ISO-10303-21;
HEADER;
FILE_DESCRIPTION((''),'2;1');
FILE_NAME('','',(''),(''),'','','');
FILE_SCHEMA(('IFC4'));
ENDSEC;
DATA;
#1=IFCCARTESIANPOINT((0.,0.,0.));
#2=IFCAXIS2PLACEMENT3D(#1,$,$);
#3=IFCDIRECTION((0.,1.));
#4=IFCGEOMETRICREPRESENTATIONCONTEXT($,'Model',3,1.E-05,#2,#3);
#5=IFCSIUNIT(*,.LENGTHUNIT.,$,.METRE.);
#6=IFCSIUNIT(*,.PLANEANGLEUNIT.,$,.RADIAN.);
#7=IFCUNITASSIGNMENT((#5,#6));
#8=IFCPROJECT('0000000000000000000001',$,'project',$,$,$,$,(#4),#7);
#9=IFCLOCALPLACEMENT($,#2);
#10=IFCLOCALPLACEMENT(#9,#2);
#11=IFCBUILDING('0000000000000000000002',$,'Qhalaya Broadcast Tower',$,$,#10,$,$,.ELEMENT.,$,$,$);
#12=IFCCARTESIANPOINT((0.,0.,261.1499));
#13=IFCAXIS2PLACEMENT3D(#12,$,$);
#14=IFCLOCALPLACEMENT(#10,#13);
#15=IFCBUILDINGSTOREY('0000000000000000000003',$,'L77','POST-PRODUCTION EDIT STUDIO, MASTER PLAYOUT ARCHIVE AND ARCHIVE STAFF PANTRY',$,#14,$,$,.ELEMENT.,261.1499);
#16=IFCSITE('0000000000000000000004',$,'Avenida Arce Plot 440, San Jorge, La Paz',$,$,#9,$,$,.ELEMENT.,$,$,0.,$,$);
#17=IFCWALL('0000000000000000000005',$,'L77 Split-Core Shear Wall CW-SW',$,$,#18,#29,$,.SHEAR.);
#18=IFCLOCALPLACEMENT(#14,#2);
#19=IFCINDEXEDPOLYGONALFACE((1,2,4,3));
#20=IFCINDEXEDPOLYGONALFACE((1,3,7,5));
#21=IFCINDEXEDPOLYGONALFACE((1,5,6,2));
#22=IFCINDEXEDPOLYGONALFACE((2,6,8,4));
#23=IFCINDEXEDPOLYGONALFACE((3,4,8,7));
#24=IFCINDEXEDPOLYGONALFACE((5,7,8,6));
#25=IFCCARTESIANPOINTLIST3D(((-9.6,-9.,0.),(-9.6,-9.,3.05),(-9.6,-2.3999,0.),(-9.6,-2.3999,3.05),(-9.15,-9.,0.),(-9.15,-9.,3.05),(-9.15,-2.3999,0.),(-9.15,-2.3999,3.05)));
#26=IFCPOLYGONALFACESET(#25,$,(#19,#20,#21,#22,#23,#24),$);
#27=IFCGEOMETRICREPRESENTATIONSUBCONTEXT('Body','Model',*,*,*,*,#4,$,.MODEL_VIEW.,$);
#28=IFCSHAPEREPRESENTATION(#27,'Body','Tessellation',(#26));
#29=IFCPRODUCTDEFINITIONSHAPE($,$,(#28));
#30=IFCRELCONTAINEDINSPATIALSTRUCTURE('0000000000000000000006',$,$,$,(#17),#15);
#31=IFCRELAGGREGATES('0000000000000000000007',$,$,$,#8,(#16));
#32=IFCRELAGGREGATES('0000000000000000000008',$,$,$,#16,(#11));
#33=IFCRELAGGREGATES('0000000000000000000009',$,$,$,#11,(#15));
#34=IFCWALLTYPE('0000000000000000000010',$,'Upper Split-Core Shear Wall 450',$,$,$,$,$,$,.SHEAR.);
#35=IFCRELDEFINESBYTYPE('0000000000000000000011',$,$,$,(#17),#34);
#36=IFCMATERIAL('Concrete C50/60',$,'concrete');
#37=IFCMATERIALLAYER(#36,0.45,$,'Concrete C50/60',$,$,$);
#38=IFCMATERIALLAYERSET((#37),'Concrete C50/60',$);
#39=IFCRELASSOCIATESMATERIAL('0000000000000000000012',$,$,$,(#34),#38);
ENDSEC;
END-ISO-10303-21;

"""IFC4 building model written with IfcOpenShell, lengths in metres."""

from ifc_helpers import new_model, si_unit, direction, frame, frame_2d, origin, place, context, subcontext, project, spatial, rectangle, extrude, material, layer, layer_set, type_object, element, save


model = new_model("IFC4")

# Units and contexts
model_context = context("Model", 3, precision=1e-05, world=origin(), true_north=direction((0.0, 1.0)))
body_context = subcontext(model_context, "Body", "Model", "MODEL_VIEW")
ifc_project = project(units=[si_unit("LENGTHUNIT", "METRE"), si_unit("PLANEANGLEUNIT", "RADIAN")], contexts=[model_context])

# Site, building, storey
site_placement = place(None, origin())
site = spatial("IfcSite", under=ifc_project, at=site_placement, Name="Avenida Arce Plot 440, San Jorge, La Paz", CompositionType="ELEMENT", RefElevation=0.0)
building_placement = place(site_placement, origin())
building = spatial("IfcBuilding", under=site, at=building_placement, Name="Qhalaya Broadcast Tower", CompositionType="ELEMENT")
storey_placement = place(building_placement, frame((0.0, 0.0, 261.1499)))
storey = spatial("IfcBuildingStorey", under=building, at=storey_placement, Name="L77", Description="POST-PRODUCTION EDIT STUDIO, MASTER PLAYOUT ARCHIVE AND ARCHIVE STAFF PANTRY", CompositionType="ELEMENT", Elevation=261.1499)

# Wall
ifc_material_1 = material(Name="Concrete C50/60", Category="concrete")
ifc_layer_1 = layer(ifc_material_1, 0.45, Name="Concrete C50/60")
ifc_layer_set_1 = layer_set([ifc_layer_1], Name="Concrete C50/60")
wall_type_1 = type_object("IfcWallType", Name="Upper Split-Core Shear Wall 450", PredefinedType="SHEAR", material=ifc_layer_set_1)
wall_1_placement = place(storey_placement, frame((-9.375, -9.0, 0.0), z_axis=(0.0, 0.0, 1.0), x_axis=(0.0, 1.0, 0.0)))
element("IfcWall", 1, at=wall_1_placement, inside=storey, type_object=wall_type_1, Name="L77 Split-Core Shear Wall CW-SW", PredefinedType="SHEAR", context=body_context, shape_type="SweptSolid", body=[
    extrude(rectangle(XDim=6.6001, YDim=0.45, at=frame_2d((3.3, 0.0))), origin(), (0.0, 0.0, 1.0), 3.05),
])

save(model, "model.ifc")
